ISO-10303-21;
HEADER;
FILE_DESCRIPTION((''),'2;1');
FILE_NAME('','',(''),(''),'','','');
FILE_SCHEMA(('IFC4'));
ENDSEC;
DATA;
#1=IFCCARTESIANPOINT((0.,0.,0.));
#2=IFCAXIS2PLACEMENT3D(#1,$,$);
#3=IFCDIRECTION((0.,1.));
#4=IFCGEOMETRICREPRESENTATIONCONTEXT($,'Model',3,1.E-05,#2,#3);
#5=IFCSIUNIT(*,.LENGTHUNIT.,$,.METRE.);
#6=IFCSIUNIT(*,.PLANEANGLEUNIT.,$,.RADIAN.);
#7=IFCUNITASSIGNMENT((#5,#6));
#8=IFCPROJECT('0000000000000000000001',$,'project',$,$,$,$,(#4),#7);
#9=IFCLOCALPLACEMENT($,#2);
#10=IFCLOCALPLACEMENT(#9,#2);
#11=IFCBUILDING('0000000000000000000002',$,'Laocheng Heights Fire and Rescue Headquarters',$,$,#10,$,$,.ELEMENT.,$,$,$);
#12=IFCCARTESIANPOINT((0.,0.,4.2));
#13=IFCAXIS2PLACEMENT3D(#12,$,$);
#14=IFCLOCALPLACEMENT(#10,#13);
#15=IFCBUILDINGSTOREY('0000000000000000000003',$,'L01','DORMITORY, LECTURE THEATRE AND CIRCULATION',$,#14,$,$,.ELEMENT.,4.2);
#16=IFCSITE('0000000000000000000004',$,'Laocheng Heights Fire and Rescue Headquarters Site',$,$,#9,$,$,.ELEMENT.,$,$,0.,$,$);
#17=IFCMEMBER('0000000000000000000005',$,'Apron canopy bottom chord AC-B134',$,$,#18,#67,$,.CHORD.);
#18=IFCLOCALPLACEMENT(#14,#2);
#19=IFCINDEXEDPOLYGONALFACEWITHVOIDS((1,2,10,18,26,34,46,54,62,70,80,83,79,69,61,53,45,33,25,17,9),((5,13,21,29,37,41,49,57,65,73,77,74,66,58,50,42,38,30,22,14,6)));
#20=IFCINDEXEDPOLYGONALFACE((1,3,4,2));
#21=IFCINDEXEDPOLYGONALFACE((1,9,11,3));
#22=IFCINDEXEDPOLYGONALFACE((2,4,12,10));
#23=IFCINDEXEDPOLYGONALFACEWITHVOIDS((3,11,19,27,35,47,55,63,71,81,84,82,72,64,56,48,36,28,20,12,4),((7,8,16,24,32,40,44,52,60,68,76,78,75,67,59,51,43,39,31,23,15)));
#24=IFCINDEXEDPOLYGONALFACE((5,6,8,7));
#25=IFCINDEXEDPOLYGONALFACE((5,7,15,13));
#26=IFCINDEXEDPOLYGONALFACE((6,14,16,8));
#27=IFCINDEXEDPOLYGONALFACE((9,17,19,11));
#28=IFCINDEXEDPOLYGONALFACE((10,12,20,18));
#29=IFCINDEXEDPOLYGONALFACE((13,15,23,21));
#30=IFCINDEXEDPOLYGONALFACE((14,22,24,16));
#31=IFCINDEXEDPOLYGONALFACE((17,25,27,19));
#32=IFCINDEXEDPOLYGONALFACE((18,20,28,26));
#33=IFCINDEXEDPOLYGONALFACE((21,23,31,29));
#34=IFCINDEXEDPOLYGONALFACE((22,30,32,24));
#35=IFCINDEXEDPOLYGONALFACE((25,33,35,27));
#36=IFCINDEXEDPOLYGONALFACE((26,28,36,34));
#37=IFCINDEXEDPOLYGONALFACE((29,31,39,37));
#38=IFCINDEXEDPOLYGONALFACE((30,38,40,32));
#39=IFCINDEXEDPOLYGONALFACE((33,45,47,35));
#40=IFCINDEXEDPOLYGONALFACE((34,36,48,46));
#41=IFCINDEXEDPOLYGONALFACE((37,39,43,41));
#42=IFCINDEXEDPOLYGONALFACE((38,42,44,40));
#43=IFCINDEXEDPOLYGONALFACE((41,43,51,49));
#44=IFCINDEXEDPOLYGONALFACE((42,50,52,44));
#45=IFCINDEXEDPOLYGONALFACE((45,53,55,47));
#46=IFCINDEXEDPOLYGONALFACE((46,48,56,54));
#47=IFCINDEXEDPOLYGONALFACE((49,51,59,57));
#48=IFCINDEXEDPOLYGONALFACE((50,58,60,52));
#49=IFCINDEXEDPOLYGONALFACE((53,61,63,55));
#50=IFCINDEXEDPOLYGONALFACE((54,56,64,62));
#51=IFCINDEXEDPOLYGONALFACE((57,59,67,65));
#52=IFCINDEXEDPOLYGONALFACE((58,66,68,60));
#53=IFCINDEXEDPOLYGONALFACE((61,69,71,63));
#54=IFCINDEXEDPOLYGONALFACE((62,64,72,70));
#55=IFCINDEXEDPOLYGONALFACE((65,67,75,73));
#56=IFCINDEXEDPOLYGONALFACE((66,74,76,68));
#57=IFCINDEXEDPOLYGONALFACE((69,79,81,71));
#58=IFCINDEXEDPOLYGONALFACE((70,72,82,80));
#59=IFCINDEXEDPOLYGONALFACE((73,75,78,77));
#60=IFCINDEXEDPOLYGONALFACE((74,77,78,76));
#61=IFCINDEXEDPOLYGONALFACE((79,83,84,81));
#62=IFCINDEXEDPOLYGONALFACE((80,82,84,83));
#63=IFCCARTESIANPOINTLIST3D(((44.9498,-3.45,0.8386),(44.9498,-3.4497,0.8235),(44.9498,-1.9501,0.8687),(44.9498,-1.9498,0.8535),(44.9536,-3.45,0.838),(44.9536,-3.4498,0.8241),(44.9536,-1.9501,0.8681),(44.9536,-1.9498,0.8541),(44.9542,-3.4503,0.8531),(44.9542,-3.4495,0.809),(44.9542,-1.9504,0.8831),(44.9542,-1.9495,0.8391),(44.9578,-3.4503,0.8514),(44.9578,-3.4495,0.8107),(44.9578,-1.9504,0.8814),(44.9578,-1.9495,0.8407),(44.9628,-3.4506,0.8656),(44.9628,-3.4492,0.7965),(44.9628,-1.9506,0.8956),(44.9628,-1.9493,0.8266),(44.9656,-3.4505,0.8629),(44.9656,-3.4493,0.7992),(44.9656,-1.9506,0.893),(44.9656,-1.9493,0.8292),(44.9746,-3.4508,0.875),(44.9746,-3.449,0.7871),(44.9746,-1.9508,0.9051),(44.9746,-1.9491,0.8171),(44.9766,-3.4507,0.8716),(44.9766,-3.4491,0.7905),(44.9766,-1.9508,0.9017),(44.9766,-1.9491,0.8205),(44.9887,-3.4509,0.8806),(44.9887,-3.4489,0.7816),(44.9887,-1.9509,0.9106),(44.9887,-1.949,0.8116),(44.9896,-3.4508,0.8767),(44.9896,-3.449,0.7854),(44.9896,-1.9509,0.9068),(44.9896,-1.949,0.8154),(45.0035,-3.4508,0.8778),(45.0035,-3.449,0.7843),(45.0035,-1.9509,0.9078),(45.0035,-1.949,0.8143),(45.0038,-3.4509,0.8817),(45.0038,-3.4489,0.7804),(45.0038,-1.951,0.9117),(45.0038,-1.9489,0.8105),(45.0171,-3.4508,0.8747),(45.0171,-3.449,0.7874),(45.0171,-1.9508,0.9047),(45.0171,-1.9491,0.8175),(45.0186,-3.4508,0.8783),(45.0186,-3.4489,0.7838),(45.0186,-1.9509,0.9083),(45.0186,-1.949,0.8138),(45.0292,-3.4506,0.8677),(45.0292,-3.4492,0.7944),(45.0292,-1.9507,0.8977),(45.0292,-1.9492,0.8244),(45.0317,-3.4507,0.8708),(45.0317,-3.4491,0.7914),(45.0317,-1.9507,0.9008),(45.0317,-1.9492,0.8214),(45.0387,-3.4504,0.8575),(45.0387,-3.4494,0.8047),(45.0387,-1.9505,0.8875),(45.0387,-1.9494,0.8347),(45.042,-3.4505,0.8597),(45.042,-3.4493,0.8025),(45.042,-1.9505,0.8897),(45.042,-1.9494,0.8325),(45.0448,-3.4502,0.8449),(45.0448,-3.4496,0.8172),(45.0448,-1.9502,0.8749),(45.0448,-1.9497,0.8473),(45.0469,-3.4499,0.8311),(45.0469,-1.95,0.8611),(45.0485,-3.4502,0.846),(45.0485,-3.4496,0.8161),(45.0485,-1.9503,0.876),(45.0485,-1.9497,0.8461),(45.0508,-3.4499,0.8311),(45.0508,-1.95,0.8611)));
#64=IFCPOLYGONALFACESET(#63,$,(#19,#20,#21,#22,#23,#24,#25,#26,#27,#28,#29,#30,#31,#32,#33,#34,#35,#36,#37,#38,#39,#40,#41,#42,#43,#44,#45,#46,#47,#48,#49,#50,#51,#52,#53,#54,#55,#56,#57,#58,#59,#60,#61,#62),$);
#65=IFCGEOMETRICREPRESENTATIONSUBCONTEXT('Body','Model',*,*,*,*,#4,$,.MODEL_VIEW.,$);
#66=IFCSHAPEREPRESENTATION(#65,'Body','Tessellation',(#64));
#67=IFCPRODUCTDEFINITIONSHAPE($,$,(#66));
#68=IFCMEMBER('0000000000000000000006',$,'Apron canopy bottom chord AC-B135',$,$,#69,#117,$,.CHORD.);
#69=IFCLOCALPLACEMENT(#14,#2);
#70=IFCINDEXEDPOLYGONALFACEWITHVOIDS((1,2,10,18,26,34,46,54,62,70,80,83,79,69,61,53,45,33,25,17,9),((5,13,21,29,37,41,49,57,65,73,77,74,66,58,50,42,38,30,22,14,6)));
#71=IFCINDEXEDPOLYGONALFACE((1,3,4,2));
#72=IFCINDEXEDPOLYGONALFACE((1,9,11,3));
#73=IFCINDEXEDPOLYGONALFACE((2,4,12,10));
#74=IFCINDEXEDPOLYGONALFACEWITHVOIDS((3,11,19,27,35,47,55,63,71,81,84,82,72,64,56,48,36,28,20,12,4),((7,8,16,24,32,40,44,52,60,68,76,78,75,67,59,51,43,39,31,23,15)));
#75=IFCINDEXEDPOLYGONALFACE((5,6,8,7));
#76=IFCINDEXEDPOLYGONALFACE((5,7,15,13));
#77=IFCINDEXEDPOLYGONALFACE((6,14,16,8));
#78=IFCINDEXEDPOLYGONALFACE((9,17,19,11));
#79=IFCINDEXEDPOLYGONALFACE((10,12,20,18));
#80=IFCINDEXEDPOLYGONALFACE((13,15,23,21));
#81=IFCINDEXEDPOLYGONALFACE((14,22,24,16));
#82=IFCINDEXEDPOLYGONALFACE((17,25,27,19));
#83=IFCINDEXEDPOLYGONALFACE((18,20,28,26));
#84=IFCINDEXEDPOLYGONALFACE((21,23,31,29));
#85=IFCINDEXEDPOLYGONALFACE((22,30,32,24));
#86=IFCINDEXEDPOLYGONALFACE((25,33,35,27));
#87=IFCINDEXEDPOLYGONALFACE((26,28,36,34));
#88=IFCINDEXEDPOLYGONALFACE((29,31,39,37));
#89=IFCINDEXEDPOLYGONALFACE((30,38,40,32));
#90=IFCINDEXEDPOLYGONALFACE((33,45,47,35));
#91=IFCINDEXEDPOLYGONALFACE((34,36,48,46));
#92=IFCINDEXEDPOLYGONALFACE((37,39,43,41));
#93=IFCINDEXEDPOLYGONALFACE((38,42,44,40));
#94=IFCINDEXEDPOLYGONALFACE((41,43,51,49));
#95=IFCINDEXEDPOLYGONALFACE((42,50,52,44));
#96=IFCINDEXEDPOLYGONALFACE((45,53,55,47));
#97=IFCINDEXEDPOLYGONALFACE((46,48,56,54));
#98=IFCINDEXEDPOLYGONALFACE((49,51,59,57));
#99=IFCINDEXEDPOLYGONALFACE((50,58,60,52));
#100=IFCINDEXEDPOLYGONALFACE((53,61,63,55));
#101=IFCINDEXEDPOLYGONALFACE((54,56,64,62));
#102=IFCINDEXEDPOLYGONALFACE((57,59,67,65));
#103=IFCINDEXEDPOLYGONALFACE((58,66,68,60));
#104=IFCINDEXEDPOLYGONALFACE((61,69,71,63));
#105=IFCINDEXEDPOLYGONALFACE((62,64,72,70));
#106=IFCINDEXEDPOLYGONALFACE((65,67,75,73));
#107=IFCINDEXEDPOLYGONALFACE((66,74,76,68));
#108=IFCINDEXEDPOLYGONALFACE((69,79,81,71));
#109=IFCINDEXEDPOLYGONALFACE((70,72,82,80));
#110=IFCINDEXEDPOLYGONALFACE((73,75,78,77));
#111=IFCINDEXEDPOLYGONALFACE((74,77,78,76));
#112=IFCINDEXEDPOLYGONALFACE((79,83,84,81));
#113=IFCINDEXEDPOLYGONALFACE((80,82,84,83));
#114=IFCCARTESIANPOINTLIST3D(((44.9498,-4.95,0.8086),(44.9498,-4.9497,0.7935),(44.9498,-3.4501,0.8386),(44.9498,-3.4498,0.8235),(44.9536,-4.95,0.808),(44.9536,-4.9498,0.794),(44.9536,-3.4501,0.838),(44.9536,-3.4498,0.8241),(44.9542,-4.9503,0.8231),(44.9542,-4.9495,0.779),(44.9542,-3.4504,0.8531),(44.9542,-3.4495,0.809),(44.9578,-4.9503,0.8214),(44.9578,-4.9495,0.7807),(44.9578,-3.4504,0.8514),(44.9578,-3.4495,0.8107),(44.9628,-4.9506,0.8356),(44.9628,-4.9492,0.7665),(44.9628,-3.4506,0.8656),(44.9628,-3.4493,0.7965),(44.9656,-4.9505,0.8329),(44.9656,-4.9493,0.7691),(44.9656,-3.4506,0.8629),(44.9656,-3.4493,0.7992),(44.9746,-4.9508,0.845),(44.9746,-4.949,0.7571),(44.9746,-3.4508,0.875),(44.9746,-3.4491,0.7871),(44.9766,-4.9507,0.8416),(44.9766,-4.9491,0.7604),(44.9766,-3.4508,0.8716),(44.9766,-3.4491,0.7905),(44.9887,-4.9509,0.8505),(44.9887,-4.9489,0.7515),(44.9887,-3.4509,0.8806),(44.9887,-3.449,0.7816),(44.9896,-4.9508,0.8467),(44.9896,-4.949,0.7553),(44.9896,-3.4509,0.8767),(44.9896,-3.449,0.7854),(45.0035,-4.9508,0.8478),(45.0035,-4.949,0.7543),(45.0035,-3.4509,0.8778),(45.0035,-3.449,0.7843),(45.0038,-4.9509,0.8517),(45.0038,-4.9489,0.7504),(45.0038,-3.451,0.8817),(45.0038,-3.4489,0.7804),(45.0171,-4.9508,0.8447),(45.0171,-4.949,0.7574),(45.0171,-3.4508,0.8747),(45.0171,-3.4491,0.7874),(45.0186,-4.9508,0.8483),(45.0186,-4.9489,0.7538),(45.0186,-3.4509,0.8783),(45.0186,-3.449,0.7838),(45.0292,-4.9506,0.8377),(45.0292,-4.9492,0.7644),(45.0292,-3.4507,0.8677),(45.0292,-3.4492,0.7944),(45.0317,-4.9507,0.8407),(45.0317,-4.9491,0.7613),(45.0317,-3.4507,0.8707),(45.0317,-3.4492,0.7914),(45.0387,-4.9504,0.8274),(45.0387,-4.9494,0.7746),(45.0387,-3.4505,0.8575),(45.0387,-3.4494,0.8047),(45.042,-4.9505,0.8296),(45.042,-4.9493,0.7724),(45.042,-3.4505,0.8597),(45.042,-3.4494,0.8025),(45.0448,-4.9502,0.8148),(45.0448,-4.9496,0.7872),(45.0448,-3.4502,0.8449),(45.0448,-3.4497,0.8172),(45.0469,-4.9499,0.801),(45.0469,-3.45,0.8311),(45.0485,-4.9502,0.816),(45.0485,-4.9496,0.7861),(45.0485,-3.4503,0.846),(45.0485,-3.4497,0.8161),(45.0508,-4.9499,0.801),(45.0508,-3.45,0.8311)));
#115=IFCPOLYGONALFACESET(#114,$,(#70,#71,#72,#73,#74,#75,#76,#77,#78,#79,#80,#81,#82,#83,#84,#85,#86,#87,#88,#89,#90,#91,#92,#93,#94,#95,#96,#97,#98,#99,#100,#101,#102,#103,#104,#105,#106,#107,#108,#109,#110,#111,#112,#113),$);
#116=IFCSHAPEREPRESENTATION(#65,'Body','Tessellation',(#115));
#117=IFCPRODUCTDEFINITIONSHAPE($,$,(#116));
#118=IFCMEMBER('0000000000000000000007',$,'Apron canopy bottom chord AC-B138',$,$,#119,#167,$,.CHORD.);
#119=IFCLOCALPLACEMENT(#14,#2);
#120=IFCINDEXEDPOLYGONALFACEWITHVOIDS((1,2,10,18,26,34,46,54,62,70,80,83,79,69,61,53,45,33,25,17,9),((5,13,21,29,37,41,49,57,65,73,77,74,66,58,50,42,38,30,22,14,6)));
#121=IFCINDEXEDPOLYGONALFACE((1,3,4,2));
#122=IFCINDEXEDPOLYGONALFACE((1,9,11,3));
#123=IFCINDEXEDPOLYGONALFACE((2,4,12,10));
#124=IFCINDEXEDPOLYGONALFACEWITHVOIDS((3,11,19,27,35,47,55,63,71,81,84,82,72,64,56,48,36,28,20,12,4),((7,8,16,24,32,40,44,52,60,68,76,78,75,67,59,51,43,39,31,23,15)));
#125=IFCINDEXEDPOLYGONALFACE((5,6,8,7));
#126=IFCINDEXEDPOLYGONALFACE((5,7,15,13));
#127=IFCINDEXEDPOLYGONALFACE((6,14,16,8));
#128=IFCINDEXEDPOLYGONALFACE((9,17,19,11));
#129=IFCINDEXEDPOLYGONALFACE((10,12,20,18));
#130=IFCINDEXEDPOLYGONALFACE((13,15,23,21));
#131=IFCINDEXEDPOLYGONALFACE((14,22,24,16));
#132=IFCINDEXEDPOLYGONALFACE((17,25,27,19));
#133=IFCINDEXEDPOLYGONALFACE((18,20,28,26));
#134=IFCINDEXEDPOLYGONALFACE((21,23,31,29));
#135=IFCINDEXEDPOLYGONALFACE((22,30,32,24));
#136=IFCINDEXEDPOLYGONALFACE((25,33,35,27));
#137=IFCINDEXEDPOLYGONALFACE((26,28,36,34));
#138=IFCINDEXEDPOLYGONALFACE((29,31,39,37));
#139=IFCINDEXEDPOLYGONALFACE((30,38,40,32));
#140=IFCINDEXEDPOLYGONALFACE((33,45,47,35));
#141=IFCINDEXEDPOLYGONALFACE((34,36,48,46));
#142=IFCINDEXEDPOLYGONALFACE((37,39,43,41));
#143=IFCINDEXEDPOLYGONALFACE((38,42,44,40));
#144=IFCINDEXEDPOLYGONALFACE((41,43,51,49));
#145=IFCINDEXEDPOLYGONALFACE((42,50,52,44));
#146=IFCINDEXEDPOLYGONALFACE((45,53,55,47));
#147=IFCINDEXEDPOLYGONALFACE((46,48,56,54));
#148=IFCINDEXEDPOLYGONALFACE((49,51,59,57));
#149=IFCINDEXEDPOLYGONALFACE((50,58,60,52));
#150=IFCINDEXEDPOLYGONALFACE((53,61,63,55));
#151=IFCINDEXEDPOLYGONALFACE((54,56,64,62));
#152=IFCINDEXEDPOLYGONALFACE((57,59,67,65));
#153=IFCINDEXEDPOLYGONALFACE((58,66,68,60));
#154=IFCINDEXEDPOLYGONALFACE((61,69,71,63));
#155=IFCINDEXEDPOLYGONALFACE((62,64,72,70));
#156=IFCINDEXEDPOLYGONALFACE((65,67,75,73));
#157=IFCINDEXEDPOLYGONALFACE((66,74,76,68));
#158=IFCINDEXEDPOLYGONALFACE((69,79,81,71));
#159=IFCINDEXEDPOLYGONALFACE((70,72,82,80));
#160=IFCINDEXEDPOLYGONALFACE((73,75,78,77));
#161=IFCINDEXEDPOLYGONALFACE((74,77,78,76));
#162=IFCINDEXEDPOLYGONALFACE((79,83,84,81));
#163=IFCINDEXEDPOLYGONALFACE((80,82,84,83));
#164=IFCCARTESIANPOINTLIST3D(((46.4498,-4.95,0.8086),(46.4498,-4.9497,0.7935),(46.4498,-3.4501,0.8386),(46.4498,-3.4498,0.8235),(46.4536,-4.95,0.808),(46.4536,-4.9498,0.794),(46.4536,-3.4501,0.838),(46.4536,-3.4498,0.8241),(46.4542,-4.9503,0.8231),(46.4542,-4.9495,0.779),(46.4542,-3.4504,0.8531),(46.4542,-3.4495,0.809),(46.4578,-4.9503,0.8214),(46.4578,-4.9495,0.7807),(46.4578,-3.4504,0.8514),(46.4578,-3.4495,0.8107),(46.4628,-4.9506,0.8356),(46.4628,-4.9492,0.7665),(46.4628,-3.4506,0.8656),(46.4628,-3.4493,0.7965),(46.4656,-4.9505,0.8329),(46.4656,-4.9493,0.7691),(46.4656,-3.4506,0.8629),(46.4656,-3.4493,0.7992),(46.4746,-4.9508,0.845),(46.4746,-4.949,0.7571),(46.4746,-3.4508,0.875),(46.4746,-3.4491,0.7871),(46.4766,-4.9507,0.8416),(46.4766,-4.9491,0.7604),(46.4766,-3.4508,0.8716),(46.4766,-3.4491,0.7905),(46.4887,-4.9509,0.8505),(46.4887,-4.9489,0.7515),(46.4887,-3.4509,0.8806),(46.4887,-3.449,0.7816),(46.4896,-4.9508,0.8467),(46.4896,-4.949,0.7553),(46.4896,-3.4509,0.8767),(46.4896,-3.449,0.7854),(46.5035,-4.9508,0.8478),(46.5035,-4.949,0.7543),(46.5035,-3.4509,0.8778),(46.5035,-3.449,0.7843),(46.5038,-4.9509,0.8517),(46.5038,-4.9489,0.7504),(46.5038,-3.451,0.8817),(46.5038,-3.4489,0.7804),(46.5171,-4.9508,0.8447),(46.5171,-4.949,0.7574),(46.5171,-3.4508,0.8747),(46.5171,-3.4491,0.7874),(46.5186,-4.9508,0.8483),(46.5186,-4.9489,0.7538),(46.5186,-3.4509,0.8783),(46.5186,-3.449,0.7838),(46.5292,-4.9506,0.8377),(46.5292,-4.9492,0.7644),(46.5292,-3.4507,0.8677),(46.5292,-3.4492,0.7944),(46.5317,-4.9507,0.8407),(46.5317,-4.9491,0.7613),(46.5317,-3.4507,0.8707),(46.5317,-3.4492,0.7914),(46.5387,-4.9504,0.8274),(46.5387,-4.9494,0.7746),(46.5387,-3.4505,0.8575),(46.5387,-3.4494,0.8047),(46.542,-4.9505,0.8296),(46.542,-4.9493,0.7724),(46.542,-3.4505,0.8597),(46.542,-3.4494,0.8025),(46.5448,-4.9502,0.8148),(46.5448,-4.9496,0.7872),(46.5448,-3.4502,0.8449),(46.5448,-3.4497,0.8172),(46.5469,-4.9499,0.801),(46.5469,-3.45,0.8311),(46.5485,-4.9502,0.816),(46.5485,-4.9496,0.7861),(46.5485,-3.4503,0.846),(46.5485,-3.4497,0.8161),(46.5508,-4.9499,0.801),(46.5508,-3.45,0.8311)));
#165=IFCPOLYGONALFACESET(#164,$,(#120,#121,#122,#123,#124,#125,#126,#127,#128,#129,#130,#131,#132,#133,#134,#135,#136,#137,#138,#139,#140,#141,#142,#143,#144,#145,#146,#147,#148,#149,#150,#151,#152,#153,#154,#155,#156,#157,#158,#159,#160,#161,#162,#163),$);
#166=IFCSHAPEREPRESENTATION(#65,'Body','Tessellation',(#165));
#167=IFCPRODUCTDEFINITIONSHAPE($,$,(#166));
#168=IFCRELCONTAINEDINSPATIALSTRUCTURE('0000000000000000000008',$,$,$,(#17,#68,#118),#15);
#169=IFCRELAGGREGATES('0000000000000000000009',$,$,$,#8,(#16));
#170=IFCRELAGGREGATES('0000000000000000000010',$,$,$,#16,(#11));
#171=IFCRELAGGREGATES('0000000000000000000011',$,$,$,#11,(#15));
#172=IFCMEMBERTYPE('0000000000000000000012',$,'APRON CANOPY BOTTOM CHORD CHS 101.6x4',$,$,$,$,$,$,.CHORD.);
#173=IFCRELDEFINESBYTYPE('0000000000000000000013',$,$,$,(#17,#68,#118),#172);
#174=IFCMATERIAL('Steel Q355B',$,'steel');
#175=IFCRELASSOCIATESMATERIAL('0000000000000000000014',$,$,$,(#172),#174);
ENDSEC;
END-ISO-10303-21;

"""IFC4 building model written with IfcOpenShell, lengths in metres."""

from ifc_helpers import new_model, si_unit, direction, frame, origin, origin_2d, place, context, subcontext, project, spatial, hollow_circle, extrude, material, material_profile, profile_set, type_object, element, save


model = new_model("IFC4")

# Units and contexts
model_context = context("Model", 3, precision=1e-05, world=origin(), true_north=direction((0.0, 1.0)))
body_context = subcontext(model_context, "Body", "Model", "MODEL_VIEW")
ifc_project = project(units=[si_unit("LENGTHUNIT", "METRE"), si_unit("PLANEANGLEUNIT", "RADIAN")], contexts=[model_context])

# Site, building, storey
site_placement = place(None, origin())
site = spatial("IfcSite", under=ifc_project, at=site_placement, Name="Laocheng Heights Fire and Rescue Headquarters Site", CompositionType="ELEMENT", RefElevation=0.0)
building_placement = place(site_placement, origin())
building = spatial("IfcBuilding", under=site, at=building_placement, Name="Laocheng Heights Fire and Rescue Headquarters", CompositionType="ELEMENT")
storey_placement = place(building_placement, frame((0.0, 0.0, 4.2)))
storey = spatial("IfcBuildingStorey", under=building, at=storey_placement, Name="L01", Description="DORMITORY, LECTURE THEATRE AND CIRCULATION", CompositionType="ELEMENT", Elevation=4.2)

# Members
ifc_material_1 = material(Name="Steel Q355B", Category="steel")
ifc_material_profile_1 = material_profile(ifc_material_1, hollow_circle(Radius=0.0508, WallThickness=0.0039, at=origin_2d()), Name="CHS 101.6x4")
ifc_profile_set_1 = profile_set([ifc_material_profile_1], Name="Steel Q355B")
member_type_1 = type_object("IfcMemberType", Name="APRON CANOPY BOTTOM CHORD CHS 101.6x4", PredefinedType="CHORD", material=ifc_profile_set_1)
for number, where, z_axis, x_axis, name in (
    (1, (45.0, -1.95, 0.8611), (0.0, -0.9998, -0.020016), (1.0, 0.0, 0.0), "Apron canopy bottom chord AC-B134"),
    (2, (45.0, -3.45, 0.8311), (0.0, -0.9998, -0.020016), (1.0, 0.0, 0.0), "Apron canopy bottom chord AC-B135"),
    (3, (46.5, -3.45, 0.8311), (0.0, -0.9998, -0.020016), (1.0, 0.0, 0.0), "Apron canopy bottom chord AC-B138"),
):
    element("IfcMember", number, at=place(storey_placement, frame(where, z_axis=z_axis, x_axis=x_axis)), inside=storey, type_object=member_type_1, Name=name, PredefinedType="CHORD", context=body_context, shape_type="SweptSolid", body=[
        extrude(hollow_circle(Radius=0.0508, WallThickness=0.0039, at=origin_2d()), origin(), (0.0, 0.0, 1.0), 1.5002),
    ])

save(model, "model.ifc")
